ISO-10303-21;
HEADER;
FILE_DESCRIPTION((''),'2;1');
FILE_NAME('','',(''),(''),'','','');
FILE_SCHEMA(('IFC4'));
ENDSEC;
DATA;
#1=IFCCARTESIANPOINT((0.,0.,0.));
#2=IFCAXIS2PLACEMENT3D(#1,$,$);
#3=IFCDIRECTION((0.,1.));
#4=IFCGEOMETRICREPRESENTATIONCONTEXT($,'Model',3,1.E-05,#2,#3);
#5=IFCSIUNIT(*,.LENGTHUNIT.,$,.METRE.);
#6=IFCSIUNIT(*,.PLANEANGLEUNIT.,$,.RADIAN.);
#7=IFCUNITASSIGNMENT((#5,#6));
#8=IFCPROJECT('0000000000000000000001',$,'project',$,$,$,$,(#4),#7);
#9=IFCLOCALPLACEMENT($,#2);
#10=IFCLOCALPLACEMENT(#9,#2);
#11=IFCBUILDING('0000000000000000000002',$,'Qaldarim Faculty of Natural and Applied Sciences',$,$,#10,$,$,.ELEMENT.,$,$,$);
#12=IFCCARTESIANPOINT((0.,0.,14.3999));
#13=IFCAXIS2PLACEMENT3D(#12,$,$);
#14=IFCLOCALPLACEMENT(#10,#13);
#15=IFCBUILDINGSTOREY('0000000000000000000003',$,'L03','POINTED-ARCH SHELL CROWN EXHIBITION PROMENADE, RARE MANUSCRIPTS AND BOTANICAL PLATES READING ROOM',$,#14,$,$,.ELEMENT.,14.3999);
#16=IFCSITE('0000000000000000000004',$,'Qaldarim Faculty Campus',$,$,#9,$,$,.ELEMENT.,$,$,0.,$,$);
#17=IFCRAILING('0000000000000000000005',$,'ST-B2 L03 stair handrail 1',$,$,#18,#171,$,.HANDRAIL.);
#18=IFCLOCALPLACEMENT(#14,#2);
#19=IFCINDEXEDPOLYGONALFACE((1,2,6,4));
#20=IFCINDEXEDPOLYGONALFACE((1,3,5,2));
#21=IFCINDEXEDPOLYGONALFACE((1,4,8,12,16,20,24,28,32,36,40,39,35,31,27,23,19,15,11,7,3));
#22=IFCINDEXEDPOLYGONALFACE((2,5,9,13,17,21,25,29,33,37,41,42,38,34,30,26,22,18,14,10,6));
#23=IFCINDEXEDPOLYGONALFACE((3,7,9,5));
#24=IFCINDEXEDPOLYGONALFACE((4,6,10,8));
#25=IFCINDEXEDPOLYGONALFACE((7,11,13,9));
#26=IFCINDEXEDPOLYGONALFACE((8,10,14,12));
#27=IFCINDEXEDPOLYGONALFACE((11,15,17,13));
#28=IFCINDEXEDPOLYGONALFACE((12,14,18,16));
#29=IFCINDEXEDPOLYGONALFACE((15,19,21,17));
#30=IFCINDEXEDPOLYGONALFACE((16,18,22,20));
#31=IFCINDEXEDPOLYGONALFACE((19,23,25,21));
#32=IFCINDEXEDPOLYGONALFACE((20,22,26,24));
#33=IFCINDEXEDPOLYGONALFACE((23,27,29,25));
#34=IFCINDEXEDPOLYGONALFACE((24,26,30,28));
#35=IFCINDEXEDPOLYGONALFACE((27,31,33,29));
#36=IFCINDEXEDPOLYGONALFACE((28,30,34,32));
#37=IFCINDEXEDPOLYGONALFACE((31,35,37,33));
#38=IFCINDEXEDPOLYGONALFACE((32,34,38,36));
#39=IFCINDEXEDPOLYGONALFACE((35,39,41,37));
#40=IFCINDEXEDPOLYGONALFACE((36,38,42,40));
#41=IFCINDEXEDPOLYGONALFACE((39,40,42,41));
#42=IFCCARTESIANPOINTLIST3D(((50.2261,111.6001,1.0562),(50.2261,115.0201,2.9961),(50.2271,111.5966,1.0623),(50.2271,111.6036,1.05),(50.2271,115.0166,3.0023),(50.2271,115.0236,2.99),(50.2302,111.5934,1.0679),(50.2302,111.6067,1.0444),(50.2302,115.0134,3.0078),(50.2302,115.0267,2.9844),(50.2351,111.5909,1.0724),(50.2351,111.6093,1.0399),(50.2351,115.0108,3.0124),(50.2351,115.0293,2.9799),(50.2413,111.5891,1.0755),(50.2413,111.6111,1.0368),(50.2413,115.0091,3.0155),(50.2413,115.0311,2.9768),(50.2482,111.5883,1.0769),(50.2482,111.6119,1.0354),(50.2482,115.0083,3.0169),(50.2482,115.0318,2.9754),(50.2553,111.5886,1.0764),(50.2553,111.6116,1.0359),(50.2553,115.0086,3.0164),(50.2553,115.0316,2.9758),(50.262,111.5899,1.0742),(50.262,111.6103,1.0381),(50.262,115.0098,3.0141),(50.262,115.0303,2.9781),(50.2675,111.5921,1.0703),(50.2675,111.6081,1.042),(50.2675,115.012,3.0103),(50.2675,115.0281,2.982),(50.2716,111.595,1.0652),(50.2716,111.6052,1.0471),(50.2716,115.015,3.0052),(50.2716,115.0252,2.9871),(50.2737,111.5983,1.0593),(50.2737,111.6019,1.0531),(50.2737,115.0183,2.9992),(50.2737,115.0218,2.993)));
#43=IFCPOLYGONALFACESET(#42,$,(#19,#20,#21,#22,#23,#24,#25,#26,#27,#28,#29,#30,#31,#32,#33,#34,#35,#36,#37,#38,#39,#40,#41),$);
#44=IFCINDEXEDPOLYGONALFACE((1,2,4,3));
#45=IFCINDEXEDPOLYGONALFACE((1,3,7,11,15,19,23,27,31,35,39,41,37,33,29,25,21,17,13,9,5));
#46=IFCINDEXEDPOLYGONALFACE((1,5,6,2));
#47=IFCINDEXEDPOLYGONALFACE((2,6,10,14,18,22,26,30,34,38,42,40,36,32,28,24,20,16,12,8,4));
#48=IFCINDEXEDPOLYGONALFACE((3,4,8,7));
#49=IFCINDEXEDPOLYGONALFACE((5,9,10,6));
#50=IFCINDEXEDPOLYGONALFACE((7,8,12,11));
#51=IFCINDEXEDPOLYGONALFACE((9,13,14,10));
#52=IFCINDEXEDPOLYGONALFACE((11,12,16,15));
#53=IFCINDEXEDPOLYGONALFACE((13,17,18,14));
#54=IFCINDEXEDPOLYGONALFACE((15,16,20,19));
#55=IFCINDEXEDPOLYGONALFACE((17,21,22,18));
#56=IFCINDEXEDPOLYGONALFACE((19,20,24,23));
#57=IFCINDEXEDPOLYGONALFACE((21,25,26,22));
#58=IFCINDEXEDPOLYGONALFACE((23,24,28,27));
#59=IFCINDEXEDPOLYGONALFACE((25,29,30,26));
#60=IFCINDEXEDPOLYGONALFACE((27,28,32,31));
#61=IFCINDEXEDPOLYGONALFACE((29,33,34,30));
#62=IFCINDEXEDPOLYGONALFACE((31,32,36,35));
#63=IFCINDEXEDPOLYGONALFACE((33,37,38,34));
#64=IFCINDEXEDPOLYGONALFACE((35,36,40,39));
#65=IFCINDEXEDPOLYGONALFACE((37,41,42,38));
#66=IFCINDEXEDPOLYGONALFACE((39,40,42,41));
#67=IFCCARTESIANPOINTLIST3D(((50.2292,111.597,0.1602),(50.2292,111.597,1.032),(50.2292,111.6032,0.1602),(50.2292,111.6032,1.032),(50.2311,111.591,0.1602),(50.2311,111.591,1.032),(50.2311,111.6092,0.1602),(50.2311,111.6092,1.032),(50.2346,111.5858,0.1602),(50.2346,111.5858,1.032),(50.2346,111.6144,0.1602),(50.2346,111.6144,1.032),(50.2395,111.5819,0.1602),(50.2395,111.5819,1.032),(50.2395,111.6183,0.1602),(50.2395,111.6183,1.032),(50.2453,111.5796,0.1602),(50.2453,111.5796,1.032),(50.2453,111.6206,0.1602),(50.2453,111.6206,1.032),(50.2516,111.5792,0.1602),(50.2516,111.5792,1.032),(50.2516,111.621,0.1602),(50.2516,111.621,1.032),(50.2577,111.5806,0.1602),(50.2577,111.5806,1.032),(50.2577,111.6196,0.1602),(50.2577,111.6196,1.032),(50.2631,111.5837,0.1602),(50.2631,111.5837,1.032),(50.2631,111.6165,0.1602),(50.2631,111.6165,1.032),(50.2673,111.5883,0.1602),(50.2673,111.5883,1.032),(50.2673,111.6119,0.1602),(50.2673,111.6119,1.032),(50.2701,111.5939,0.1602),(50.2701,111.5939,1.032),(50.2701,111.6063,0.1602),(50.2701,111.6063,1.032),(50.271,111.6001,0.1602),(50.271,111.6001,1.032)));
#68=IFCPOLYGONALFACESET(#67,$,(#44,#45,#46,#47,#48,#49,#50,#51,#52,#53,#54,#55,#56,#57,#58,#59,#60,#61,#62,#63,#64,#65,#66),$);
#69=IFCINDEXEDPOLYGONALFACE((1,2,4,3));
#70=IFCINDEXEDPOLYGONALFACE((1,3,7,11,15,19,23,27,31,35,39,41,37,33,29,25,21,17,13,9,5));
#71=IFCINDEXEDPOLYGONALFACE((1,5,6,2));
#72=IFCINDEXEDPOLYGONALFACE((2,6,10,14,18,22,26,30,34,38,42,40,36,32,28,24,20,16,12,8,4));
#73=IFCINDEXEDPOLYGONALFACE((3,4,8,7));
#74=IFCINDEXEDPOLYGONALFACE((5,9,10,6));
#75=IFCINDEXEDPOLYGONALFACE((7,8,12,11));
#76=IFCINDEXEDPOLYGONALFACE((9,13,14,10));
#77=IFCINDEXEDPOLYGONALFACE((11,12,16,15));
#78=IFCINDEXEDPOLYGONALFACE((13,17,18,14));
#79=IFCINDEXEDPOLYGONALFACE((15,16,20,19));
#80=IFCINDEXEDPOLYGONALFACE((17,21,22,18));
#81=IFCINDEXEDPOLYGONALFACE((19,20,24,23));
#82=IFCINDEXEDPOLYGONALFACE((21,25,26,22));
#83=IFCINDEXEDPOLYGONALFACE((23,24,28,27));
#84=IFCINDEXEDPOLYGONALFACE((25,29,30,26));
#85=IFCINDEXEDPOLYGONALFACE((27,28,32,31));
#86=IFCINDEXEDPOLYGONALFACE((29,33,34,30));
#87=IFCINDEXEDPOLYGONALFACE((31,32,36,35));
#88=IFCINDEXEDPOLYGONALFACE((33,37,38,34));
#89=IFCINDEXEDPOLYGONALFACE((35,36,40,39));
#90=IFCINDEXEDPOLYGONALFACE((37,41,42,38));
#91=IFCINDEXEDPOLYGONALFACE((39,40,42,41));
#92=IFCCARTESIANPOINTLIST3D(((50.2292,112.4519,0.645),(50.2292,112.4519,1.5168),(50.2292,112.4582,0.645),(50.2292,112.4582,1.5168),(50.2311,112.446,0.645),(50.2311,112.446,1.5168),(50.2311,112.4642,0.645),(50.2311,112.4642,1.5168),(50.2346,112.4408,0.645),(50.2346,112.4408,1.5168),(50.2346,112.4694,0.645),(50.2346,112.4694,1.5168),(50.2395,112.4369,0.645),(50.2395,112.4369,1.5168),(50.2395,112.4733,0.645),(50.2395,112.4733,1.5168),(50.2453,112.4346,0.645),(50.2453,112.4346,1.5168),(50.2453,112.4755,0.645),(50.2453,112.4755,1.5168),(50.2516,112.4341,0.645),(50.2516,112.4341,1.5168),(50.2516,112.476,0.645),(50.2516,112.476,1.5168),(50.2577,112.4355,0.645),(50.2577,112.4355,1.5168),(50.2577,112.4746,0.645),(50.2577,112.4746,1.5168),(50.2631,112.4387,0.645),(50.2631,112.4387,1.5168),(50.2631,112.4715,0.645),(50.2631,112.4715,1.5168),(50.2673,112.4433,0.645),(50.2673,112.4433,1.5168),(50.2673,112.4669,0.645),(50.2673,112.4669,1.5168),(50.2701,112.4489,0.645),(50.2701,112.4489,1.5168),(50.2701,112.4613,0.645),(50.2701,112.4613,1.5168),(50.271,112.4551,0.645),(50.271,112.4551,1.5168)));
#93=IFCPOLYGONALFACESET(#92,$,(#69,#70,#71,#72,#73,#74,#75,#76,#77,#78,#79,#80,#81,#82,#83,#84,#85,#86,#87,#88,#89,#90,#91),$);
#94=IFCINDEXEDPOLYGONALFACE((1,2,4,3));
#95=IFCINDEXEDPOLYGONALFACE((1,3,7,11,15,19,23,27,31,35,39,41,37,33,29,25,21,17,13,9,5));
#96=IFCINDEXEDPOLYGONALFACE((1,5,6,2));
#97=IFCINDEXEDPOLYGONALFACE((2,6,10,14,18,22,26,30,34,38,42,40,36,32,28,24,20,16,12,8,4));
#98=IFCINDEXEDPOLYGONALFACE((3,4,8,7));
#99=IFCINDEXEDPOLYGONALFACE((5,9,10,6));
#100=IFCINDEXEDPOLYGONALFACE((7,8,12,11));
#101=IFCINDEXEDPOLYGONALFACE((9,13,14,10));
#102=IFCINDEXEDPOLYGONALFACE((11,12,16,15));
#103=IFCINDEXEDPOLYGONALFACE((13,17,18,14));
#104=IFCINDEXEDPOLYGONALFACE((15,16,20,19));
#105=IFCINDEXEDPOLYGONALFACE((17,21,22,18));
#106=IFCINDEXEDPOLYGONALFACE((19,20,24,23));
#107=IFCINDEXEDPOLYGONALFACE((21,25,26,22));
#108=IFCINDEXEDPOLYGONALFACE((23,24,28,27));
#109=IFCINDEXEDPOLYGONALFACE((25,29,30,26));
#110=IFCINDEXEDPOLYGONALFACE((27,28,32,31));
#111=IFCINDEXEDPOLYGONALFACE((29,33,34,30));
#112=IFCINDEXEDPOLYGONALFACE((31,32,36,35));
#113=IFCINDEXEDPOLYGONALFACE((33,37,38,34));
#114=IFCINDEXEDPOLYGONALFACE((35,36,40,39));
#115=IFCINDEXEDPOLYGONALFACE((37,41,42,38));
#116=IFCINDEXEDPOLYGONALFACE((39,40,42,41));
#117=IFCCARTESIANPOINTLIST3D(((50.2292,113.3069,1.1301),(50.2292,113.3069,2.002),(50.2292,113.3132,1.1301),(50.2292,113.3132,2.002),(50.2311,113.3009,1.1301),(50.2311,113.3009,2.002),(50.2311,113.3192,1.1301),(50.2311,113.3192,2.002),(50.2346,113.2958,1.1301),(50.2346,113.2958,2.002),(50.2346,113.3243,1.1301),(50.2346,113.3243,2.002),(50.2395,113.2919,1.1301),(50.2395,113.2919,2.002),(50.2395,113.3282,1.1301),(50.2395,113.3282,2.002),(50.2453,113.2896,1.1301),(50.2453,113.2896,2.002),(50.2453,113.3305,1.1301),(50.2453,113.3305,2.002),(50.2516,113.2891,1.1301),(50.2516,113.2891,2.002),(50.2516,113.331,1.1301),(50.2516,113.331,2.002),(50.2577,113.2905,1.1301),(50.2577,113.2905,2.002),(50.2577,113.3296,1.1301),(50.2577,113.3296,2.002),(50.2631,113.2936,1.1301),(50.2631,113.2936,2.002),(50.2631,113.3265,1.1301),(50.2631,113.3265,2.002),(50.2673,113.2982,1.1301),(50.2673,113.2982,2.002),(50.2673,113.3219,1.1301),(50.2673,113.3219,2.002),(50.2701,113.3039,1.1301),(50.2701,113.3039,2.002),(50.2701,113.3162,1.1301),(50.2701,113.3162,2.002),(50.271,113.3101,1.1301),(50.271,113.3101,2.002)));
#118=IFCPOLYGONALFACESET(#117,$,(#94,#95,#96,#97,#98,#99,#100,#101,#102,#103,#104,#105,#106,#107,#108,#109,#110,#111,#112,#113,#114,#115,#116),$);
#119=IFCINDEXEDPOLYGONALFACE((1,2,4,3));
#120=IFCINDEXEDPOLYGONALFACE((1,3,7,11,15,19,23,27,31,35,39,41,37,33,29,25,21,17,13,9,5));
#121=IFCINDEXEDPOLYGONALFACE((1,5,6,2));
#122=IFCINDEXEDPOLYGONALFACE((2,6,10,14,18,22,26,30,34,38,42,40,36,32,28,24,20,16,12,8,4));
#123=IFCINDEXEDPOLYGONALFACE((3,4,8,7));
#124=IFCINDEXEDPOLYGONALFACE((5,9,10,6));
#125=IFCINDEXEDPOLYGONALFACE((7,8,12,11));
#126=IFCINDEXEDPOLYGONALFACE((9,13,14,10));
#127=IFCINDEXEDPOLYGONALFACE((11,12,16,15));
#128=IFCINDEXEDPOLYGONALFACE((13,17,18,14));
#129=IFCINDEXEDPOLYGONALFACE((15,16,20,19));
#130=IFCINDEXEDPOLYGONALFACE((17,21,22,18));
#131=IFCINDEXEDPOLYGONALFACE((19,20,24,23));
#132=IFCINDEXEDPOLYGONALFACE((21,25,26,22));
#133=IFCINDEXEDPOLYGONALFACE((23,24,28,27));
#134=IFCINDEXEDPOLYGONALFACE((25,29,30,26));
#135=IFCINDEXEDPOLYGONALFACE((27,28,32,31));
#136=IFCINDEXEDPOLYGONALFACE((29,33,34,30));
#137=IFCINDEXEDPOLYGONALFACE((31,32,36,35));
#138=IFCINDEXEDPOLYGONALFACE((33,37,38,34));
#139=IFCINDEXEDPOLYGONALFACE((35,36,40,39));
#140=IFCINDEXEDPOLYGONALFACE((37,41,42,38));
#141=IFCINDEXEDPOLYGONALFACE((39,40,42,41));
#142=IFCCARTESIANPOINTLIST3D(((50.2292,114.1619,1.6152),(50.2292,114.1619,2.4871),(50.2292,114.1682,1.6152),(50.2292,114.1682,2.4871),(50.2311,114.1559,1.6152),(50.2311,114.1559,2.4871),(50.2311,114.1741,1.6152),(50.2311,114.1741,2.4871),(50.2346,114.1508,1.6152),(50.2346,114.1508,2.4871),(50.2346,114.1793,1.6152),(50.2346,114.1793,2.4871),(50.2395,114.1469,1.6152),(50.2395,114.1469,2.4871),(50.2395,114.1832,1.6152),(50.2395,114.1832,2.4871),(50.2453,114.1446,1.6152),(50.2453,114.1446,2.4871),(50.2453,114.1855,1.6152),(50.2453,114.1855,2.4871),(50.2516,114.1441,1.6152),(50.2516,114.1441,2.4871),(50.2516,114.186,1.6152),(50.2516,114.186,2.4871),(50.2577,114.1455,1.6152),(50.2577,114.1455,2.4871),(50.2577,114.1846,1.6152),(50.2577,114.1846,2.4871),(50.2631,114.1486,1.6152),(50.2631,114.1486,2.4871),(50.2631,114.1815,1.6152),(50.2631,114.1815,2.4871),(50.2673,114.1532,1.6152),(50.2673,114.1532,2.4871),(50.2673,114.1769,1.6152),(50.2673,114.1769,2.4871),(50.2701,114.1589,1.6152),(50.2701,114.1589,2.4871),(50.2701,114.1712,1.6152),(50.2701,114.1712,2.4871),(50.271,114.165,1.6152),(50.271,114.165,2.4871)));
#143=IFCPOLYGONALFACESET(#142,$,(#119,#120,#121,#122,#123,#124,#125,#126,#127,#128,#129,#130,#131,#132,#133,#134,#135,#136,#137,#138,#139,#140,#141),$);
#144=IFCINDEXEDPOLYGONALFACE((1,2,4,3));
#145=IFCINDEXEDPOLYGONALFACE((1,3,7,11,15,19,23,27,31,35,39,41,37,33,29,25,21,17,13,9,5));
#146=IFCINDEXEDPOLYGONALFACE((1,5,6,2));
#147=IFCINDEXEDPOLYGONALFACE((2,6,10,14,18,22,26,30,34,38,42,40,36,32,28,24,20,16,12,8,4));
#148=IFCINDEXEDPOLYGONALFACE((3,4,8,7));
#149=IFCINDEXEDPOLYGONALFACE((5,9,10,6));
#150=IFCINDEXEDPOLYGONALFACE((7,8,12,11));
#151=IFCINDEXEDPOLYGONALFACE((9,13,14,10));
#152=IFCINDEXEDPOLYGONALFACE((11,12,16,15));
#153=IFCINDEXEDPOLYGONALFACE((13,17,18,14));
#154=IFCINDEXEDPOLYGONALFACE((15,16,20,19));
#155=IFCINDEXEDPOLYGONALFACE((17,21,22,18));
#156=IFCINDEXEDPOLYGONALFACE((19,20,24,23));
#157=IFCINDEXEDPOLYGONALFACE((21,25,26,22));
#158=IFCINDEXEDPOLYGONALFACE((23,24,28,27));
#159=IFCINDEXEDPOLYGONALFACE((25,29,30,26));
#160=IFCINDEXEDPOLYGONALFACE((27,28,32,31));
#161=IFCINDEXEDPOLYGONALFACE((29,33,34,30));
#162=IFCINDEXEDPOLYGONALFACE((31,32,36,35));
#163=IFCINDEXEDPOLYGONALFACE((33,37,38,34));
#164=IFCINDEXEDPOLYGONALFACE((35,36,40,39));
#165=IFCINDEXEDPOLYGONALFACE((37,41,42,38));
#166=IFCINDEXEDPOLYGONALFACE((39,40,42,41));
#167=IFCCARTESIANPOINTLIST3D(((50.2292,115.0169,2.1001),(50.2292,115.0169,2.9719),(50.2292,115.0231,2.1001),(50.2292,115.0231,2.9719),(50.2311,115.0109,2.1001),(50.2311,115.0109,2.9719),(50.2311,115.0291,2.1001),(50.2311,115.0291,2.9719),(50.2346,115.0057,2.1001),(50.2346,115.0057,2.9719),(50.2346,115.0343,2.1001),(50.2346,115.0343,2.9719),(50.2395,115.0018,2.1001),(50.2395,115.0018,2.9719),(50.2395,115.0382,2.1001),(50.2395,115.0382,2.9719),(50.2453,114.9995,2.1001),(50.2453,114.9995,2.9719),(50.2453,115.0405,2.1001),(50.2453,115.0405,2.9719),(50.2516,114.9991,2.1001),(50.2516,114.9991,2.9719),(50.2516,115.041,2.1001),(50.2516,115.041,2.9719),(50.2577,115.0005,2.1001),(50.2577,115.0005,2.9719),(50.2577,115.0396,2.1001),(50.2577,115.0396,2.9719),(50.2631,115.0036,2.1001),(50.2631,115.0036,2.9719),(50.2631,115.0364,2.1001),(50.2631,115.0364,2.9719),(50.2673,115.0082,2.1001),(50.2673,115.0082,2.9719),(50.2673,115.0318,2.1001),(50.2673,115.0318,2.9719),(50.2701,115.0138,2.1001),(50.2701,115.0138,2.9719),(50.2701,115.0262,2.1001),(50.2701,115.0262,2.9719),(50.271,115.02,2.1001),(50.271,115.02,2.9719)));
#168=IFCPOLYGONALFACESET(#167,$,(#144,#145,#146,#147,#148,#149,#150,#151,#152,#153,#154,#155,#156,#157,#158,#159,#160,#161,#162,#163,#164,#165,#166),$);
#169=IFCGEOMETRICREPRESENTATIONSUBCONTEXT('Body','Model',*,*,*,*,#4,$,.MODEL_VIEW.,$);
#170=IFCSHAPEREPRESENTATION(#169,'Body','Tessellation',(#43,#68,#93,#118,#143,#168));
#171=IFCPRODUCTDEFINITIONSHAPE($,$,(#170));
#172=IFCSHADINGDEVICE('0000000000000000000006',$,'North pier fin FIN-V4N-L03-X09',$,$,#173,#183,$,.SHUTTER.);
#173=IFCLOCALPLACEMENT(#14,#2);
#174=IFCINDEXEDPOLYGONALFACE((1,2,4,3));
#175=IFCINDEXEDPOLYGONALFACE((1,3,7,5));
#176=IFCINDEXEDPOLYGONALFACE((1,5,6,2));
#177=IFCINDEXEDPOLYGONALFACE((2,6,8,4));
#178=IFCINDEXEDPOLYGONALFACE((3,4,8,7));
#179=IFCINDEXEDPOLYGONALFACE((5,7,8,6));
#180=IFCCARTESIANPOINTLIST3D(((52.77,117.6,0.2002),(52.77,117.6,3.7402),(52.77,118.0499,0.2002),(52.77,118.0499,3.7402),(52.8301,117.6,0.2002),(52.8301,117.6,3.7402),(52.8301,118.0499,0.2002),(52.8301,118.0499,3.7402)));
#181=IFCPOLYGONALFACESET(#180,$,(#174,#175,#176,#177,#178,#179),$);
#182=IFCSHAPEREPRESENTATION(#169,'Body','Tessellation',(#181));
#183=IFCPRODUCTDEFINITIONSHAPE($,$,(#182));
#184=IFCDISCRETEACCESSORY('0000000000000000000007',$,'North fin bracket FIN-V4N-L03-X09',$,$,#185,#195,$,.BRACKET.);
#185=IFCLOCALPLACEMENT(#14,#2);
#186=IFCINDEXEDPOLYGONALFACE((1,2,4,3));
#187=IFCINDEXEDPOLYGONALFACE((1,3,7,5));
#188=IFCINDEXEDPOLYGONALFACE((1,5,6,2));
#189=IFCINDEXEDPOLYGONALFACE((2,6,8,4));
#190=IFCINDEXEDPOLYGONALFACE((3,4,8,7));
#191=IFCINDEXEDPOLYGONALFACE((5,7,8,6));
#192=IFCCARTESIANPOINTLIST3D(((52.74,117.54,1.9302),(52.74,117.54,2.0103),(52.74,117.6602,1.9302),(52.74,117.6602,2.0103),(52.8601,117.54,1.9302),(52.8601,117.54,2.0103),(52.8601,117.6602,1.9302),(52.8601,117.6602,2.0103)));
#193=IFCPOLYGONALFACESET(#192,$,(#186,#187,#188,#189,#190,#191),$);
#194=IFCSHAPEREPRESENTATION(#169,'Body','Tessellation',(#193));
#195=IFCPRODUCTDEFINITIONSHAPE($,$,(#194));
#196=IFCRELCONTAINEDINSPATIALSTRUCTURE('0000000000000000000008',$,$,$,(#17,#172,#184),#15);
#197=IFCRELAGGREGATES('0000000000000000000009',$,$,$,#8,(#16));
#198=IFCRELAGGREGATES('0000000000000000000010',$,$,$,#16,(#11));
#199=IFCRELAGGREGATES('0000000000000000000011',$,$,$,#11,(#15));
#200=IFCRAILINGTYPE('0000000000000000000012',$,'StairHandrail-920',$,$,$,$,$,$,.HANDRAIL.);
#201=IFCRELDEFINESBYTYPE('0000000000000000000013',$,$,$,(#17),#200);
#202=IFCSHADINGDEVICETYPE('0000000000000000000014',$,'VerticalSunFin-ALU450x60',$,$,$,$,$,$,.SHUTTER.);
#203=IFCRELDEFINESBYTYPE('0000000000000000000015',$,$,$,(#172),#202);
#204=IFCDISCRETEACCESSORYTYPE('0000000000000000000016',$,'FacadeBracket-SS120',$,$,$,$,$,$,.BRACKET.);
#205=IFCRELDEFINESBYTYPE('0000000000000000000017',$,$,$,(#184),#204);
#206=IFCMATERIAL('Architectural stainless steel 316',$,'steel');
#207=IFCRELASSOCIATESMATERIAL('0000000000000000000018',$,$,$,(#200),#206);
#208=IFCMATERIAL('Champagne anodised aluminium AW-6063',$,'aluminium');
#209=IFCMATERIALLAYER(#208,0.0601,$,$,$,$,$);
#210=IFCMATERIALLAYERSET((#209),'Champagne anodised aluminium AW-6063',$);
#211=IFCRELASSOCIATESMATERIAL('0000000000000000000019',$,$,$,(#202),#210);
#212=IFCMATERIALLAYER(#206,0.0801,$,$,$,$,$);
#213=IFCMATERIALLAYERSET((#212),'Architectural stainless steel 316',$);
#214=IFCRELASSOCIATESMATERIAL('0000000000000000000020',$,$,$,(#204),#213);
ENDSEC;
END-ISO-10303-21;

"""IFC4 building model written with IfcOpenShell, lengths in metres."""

from ifc_helpers import new_model, si_unit, direction, frame, origin, origin_2d, place, context, subcontext, project, spatial, rectangle, circle, extrude, material, layer, layer_set, type_object, element, save


model = new_model("IFC4")

# Units and contexts
model_context = context("Model", 3, precision=1e-05, world=origin(), true_north=direction((0.0, 1.0)))
body_context = subcontext(model_context, "Body", "Model", "MODEL_VIEW")
ifc_project = project(units=[si_unit("LENGTHUNIT", "METRE"), si_unit("PLANEANGLEUNIT", "RADIAN")], contexts=[model_context])

# Site, building, storey
site_placement = place(None, origin())
site = spatial("IfcSite", under=ifc_project, at=site_placement, Name="Qaldarim Faculty Campus", CompositionType="ELEMENT", RefElevation=0.0)
building_placement = place(site_placement, origin())
building = spatial("IfcBuilding", under=site, at=building_placement, Name="Qaldarim Faculty of Natural and Applied Sciences", CompositionType="ELEMENT")
storey_placement = place(building_placement, frame((0.0, 0.0, 14.3999)))
storey = spatial("IfcBuildingStorey", under=building, at=storey_placement, Name="L03", Description="POINTED-ARCH SHELL CROWN EXHIBITION PROMENADE, RARE MANUSCRIPTS AND BOTANICAL PLATES READING ROOM", CompositionType="ELEMENT", Elevation=14.3999)

# Shared definitions
ifc_material_1 = material(Name="Architectural stainless steel 316", Category="steel")

# Railing
railing_type_1 = type_object("IfcRailingType", Name="StairHandrail-920", PredefinedType="HANDRAIL", material=ifc_material_1)
railing_1_placement = place(storey_placement, frame((50.25, 111.6001, 0.1602)))
element("IfcRailing", 1, at=railing_1_placement, inside=storey, type_object=railing_type_1, Name="ST-B2 L03 stair handrail 1", PredefinedType="HANDRAIL", context=body_context, shape_type="SweptSolid", body=[
    extrude(circle(Radius=0.0239, at=origin_2d()), frame((0.0, 0.0, 0.896), z_axis=(0.0, 0.869805, 0.493395), x_axis=(-1.0, 0.0, 0.0)), (0.0, 0.0, 1.0), 3.9319),
    extrude(circle(Radius=0.021, at=origin_2d()), origin(), (0.0, 0.0, 1.0), 0.8718),
    extrude(circle(Radius=0.021, at=origin_2d()), frame((0.0, 0.855, 0.4849)), (0.0, 0.0, 1.0), 0.8718),
    extrude(circle(Radius=0.021, at=origin_2d()), frame((0.0, 1.71, 0.97)), (0.0, 0.0, 1.0), 0.8718),
    extrude(circle(Radius=0.021, at=origin_2d()), frame((0.0, 2.5649, 1.4551)), (0.0, 0.0, 1.0), 0.8718),
    extrude(circle(Radius=0.021, at=origin_2d()), frame((0.0, 3.4199, 1.9399)), (0.0, 0.0, 1.0), 0.8718),
])

# Shading device
ifc_material_2 = material(Name="Champagne anodised aluminium AW-6063", Category="aluminium")
ifc_layer_1 = layer(ifc_material_2, 0.0601)
ifc_layer_set_1 = layer_set([ifc_layer_1], Name="Champagne anodised aluminium AW-6063")
shading_device_type = type_object("IfcShadingDeviceType", Name="VerticalSunFin-ALU450x60", PredefinedType="SHUTTER", material=ifc_layer_set_1)
shading_device_placement = place(storey_placement, frame((52.8, 117.825, 0.2002), z_axis=(0.0, 0.0, 1.0), x_axis=(1.0, 0.0, 0.0)))
element("IfcShadingDevice", 2, at=shading_device_placement, inside=storey, type_object=shading_device_type, Name="North pier fin FIN-V4N-L03-X09", PredefinedType="SHUTTER", context=body_context, shape_type="SweptSolid", body=[
    extrude(rectangle(XDim=0.0601, YDim=0.45, at=origin_2d()), origin(), (0.0, 0.0, 1.0), 3.54),
])

# Discrete accessory
ifc_layer_2 = layer(ifc_material_1, 0.0801)
ifc_layer_set_2 = layer_set([ifc_layer_2], Name="Architectural stainless steel 316")
discrete_accessory_type = type_object("IfcDiscreteAccessoryType", Name="FacadeBracket-SS120", PredefinedType="BRACKET", material=ifc_layer_set_2)
discrete_accessory_placement = place(storey_placement, frame((52.8, 117.6001, 1.9302), z_axis=(0.0, 0.0, 1.0), x_axis=(1.0, 0.0, 0.0)))
element("IfcDiscreteAccessory", 3, at=discrete_accessory_placement, inside=storey, type_object=discrete_accessory_type, Name="North fin bracket FIN-V4N-L03-X09", PredefinedType="BRACKET", context=body_context, shape_type="SweptSolid", body=[
    extrude(rectangle(XDim=0.1201, YDim=0.1201, at=origin_2d()), origin(), (0.0, 0.0, 1.0), 0.0801),
])

save(model, "model.ifc")
